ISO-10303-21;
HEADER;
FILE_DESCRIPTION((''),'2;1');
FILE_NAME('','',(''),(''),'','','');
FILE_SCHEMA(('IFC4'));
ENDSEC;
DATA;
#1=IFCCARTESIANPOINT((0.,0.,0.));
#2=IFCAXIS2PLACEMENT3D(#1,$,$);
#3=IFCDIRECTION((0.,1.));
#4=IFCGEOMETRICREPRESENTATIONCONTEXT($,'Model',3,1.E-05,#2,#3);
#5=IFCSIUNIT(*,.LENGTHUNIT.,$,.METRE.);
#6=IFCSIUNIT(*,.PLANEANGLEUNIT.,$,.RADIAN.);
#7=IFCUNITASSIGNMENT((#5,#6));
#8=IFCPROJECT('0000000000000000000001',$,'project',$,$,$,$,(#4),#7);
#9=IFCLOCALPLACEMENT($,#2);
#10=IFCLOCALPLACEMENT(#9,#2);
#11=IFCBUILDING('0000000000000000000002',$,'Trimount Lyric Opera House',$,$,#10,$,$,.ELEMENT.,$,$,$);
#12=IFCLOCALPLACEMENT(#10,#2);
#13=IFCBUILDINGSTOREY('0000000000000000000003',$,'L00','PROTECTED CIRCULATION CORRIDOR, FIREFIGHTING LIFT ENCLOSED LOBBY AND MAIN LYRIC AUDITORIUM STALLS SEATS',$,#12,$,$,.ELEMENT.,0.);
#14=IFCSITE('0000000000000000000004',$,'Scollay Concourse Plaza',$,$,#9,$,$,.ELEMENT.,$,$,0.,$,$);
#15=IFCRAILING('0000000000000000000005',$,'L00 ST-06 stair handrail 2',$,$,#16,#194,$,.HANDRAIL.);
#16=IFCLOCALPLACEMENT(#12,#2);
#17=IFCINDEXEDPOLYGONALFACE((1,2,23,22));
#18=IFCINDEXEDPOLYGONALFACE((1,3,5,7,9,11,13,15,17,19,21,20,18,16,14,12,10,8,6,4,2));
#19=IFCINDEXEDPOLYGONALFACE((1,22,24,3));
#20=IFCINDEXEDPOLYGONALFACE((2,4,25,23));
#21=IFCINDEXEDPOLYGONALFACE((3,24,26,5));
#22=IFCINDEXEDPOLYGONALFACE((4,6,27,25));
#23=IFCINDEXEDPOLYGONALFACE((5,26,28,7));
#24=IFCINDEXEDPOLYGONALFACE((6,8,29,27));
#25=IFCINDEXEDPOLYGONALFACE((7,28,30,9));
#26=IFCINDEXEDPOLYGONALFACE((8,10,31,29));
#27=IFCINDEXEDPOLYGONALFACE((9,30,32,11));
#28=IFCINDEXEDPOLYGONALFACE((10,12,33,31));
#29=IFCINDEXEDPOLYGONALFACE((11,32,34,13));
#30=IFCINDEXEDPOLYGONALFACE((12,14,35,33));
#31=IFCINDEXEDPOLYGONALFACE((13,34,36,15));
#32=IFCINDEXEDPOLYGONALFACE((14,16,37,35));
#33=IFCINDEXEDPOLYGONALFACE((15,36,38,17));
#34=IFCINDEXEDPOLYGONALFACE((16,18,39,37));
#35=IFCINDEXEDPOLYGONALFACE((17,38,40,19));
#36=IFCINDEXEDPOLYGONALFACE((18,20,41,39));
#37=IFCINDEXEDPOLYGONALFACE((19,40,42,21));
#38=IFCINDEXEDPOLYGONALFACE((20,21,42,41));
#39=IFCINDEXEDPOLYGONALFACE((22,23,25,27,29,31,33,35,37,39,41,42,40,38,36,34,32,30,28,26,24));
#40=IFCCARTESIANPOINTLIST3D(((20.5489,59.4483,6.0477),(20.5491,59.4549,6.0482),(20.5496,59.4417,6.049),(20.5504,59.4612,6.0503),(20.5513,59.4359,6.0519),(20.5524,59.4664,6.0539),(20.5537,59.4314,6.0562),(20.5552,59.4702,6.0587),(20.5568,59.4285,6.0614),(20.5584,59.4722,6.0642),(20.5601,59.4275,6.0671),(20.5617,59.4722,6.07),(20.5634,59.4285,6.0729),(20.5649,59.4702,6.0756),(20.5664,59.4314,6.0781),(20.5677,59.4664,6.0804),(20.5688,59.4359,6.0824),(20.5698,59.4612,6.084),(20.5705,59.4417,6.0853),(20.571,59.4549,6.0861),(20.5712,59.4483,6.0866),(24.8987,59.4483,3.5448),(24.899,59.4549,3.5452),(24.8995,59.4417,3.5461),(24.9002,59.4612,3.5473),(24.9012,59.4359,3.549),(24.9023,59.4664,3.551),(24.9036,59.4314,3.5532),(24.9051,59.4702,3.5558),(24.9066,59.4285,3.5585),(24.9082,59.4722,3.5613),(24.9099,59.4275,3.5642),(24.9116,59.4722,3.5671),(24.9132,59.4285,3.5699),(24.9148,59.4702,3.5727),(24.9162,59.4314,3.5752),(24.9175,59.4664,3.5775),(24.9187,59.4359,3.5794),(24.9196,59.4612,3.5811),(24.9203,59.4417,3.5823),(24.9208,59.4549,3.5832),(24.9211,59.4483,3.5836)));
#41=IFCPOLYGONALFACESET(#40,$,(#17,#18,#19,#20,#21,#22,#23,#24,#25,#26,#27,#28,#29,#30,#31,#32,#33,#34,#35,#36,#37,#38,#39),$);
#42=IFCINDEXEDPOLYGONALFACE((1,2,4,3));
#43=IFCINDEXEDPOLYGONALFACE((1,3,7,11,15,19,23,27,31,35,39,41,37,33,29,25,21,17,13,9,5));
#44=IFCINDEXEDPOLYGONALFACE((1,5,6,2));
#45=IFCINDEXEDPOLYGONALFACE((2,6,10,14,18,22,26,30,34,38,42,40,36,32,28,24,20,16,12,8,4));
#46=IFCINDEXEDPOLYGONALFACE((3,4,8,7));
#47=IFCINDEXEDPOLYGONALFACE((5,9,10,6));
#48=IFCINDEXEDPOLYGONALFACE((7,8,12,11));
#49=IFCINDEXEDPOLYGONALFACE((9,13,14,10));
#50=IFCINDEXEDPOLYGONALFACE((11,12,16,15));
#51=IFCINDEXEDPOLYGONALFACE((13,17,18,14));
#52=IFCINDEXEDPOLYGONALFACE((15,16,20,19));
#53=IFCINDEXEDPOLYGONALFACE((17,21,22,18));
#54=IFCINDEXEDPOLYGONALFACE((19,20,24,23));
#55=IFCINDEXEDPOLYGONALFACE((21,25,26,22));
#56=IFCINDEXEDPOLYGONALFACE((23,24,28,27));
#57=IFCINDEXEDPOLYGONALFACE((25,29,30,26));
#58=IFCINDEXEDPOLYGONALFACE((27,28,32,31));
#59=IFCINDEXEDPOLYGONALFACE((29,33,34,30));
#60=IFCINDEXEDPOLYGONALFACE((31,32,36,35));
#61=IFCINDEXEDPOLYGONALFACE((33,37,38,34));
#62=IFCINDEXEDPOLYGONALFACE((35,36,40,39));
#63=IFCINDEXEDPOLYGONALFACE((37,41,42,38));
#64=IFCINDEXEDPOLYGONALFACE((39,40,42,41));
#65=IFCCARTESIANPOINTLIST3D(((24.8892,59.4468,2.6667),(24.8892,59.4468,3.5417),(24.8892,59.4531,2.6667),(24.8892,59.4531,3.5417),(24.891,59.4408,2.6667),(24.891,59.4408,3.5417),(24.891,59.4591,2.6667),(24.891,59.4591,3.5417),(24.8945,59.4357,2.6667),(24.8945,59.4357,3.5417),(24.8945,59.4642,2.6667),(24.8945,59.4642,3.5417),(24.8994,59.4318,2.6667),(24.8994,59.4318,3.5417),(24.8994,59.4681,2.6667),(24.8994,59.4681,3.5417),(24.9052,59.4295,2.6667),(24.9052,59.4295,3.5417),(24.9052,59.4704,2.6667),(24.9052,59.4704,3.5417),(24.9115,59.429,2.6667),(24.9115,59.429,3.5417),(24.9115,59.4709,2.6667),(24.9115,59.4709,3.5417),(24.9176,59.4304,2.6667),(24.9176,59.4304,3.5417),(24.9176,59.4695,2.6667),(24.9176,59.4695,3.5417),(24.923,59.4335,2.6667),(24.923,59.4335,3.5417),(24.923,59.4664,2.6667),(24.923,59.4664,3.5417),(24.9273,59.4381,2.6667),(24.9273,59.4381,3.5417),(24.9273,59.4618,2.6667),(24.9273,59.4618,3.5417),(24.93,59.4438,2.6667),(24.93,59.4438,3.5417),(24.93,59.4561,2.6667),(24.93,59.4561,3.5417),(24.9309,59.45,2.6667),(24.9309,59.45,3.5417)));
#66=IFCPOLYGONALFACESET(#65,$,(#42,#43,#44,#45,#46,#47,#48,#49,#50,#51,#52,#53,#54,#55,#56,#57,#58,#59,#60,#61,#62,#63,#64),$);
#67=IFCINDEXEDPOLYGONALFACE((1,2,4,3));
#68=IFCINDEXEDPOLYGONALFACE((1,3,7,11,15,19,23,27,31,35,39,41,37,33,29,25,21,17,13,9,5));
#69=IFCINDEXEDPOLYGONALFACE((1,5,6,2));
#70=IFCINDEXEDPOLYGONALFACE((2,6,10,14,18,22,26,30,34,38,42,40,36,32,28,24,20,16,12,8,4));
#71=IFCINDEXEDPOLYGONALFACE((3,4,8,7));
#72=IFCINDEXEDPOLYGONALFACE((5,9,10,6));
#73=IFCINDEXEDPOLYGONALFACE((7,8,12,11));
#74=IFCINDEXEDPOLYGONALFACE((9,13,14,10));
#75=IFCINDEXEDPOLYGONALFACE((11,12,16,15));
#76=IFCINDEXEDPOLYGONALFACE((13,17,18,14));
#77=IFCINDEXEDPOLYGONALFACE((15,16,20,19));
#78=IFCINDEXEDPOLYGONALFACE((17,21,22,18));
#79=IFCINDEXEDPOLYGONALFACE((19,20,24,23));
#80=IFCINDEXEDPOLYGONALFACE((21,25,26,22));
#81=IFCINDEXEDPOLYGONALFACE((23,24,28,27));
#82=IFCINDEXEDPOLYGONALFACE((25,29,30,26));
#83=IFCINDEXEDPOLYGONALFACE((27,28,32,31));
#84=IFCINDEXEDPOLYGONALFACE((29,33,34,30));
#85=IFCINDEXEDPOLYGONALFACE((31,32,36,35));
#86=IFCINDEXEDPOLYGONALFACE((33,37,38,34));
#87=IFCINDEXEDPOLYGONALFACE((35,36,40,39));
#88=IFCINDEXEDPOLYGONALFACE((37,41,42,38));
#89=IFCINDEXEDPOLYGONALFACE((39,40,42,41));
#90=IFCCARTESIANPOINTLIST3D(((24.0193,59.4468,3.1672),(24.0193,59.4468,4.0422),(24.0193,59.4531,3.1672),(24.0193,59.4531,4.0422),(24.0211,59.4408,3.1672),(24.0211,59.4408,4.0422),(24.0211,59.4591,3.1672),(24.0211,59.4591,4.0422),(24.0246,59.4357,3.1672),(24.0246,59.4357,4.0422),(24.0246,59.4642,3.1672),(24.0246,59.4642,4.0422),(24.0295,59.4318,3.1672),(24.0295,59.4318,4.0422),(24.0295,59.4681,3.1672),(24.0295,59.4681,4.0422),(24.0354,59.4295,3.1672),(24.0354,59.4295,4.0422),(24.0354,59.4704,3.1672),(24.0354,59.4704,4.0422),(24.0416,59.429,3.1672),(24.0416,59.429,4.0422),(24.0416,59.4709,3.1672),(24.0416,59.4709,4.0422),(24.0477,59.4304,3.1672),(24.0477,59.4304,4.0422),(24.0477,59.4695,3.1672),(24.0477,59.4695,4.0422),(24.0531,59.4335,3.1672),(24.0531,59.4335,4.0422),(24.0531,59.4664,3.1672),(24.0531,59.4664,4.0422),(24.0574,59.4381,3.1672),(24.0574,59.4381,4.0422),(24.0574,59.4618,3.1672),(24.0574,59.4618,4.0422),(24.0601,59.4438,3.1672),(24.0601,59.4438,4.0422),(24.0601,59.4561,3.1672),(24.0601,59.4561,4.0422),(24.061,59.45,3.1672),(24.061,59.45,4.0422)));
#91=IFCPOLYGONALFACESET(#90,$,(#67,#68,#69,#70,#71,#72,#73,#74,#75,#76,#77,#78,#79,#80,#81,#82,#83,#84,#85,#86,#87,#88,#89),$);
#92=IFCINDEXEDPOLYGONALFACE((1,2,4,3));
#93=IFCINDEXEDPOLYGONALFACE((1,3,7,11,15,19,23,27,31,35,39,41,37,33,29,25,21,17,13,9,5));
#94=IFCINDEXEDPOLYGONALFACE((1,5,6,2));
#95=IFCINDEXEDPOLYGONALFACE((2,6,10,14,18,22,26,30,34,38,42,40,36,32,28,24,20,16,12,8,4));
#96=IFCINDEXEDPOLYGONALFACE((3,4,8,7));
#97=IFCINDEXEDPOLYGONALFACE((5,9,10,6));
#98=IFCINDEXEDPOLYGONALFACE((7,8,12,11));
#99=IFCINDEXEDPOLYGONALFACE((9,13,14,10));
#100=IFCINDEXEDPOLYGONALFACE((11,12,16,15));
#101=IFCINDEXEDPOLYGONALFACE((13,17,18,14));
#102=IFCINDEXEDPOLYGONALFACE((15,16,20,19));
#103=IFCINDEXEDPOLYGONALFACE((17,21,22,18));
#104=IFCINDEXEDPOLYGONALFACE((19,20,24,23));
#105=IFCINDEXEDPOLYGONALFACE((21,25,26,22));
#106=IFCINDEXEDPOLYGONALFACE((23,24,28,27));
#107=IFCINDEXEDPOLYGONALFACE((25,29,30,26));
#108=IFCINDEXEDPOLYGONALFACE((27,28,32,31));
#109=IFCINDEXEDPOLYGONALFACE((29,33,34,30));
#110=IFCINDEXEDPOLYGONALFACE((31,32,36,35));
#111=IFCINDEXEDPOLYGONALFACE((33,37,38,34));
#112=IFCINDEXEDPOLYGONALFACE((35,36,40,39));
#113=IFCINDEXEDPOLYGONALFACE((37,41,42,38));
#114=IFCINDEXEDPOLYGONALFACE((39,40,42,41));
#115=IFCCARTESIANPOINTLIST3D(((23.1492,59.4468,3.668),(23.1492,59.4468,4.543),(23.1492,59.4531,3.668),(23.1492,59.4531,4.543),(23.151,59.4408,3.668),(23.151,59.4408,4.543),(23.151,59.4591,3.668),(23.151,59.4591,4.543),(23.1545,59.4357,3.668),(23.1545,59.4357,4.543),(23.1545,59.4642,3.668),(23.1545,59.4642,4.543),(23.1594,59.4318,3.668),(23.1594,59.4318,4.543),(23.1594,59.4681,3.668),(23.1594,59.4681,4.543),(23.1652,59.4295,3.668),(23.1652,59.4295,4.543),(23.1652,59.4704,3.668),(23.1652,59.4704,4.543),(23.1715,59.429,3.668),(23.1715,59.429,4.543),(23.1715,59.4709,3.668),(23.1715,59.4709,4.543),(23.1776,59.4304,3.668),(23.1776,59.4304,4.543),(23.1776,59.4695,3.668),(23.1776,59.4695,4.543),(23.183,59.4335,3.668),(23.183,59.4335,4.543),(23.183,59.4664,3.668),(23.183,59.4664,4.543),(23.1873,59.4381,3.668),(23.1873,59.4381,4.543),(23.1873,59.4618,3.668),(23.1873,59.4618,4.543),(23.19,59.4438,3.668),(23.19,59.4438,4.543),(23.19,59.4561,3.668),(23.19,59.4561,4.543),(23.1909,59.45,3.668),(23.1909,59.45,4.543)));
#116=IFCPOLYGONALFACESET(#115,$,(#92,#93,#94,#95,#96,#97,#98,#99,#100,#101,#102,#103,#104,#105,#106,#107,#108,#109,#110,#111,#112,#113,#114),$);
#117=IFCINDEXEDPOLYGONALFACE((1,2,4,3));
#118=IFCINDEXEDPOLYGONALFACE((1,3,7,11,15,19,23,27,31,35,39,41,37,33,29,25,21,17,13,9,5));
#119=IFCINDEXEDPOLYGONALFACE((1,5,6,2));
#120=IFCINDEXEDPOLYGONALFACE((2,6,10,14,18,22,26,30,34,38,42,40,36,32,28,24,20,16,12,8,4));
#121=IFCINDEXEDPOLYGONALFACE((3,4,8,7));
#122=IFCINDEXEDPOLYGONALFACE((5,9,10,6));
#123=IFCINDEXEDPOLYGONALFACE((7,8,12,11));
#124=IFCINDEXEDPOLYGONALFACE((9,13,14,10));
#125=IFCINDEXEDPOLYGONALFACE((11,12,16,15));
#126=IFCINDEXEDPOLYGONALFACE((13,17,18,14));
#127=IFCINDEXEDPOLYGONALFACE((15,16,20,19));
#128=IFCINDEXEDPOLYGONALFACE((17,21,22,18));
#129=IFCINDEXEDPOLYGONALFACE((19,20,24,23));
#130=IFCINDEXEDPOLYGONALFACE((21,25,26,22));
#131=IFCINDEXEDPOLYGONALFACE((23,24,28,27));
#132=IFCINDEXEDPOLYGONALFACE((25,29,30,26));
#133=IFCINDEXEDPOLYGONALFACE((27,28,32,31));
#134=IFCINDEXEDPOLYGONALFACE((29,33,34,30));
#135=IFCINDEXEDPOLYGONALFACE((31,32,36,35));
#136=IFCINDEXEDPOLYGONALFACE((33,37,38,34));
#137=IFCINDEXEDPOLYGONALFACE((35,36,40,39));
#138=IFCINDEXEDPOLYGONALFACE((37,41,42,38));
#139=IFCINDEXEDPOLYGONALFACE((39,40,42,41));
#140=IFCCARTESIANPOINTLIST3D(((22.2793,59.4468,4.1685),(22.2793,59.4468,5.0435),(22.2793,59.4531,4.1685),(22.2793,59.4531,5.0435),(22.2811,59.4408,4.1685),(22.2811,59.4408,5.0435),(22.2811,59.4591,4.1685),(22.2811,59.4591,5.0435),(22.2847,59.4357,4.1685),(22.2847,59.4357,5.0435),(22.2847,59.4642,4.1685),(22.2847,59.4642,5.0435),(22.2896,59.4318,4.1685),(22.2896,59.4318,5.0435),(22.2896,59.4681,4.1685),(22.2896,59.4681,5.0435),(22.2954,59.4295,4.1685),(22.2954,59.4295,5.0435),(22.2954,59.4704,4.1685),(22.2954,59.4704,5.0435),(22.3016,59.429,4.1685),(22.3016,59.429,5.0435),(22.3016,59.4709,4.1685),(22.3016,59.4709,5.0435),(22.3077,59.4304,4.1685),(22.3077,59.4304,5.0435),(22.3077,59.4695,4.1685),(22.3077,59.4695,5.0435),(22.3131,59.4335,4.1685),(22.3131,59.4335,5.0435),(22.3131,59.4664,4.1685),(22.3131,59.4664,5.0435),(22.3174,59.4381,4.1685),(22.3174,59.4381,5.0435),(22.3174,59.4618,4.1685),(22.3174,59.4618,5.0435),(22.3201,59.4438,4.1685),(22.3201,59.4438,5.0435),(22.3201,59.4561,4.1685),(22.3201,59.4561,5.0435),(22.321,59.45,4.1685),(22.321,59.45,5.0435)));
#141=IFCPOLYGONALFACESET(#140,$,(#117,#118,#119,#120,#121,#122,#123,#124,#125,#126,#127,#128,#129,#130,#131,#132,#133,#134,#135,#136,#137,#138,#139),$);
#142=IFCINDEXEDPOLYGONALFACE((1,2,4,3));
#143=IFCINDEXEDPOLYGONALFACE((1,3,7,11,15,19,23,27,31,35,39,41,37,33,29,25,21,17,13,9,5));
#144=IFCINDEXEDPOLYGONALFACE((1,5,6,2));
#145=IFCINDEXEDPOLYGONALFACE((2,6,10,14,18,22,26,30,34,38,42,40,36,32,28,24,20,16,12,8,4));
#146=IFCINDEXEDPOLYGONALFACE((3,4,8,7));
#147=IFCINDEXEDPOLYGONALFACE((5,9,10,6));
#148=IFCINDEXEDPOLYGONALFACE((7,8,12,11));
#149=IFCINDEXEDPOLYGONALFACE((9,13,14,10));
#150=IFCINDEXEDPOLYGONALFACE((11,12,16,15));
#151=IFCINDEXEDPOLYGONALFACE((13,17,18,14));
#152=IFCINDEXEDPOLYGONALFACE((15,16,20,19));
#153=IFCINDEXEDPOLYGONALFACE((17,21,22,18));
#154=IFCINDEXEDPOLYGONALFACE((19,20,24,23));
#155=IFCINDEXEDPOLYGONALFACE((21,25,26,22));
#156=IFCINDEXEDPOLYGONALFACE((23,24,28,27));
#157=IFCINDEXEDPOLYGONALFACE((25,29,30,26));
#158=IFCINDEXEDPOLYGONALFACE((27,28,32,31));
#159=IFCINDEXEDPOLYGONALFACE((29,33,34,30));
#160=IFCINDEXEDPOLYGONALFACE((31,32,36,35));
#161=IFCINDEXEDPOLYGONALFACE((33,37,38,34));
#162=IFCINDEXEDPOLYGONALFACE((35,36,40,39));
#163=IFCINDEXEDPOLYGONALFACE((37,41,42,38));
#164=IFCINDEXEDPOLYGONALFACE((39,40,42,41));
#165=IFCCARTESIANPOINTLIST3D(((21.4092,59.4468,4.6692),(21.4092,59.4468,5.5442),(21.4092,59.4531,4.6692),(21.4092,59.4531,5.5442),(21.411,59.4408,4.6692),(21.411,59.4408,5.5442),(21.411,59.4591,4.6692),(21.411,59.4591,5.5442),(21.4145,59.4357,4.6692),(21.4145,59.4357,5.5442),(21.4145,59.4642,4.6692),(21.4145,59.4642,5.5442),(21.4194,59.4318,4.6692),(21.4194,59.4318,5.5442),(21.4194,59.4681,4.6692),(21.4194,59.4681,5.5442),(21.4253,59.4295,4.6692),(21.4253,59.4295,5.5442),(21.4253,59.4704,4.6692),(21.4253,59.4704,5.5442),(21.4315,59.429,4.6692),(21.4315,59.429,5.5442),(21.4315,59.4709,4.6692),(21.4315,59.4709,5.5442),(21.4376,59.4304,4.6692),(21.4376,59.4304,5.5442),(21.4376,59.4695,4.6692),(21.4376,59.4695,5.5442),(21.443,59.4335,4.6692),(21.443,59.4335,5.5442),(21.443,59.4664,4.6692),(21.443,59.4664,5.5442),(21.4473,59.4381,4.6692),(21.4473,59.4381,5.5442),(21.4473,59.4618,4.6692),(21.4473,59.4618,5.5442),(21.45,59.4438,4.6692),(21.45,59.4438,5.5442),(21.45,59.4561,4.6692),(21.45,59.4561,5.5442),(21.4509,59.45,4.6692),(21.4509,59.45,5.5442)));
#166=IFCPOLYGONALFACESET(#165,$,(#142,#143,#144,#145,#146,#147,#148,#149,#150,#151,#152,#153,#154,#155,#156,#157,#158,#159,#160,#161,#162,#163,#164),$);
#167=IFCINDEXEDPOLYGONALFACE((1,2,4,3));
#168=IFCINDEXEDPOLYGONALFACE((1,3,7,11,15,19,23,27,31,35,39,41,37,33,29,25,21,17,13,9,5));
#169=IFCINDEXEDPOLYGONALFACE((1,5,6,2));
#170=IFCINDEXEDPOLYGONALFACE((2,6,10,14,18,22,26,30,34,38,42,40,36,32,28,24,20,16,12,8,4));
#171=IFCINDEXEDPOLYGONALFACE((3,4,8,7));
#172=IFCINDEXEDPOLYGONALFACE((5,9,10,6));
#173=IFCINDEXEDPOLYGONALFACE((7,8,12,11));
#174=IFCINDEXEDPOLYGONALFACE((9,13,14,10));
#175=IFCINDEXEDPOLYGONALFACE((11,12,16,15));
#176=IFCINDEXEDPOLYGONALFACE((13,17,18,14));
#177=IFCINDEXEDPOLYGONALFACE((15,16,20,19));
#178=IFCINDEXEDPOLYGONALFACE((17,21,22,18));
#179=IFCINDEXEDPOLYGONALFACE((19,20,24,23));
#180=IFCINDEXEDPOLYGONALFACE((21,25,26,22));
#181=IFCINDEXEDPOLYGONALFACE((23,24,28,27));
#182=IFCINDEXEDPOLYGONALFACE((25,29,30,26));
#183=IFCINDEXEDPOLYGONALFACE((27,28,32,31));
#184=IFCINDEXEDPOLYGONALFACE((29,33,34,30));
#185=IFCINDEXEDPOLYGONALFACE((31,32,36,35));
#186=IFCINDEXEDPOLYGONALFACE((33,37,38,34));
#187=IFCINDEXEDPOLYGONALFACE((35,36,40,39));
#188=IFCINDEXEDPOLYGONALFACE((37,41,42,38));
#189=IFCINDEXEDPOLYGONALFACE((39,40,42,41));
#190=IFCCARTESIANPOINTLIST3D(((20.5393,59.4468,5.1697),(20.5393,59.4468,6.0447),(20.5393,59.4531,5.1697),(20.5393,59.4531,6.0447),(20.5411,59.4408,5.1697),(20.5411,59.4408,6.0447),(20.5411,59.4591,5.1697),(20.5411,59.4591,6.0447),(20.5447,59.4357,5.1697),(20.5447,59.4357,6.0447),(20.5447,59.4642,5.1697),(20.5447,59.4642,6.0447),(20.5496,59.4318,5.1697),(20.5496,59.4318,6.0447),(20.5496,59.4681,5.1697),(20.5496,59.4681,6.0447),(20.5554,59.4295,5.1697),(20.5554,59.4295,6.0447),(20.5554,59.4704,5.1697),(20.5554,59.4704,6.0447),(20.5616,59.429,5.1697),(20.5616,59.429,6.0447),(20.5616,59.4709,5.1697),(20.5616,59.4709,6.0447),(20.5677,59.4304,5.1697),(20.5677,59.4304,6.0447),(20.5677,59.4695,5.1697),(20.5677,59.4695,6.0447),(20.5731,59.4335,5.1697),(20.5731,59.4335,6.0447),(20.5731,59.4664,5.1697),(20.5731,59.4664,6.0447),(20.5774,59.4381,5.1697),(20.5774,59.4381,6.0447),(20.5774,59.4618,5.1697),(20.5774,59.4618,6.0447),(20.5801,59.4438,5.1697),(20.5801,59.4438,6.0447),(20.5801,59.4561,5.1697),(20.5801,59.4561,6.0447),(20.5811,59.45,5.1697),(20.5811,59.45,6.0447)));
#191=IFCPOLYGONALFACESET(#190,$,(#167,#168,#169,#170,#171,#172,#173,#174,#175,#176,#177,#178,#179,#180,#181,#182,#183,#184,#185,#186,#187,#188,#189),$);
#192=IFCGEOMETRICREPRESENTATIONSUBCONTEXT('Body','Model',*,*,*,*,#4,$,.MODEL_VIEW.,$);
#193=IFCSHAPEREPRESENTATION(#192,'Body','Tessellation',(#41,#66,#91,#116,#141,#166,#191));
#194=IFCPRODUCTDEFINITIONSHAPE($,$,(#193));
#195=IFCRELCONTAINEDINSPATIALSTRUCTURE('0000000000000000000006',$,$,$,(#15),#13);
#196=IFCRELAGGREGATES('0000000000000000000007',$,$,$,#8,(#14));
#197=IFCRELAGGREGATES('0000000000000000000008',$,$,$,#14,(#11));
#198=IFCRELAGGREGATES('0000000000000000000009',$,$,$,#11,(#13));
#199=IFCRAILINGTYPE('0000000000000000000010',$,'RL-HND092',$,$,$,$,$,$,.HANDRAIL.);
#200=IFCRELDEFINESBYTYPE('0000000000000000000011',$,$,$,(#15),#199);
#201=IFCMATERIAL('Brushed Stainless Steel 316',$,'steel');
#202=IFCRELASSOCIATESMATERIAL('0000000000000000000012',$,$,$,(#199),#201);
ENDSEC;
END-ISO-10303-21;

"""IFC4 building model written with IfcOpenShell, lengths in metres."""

from ifc_helpers import new_model, si_unit, direction, frame, origin, origin_2d, place, context, subcontext, project, spatial, circle, extrude, material, type_object, element, save


model = new_model("IFC4")

# Units and contexts
model_context = context("Model", 3, precision=1e-05, world=origin(), true_north=direction((0.0, 1.0)))
body_context = subcontext(model_context, "Body", "Model", "MODEL_VIEW")
ifc_project = project(units=[si_unit("LENGTHUNIT", "METRE"), si_unit("PLANEANGLEUNIT", "RADIAN")], contexts=[model_context])

# Site, building, storey
site_placement = place(None, origin())
site = spatial("IfcSite", under=ifc_project, at=site_placement, Name="Scollay Concourse Plaza", CompositionType="ELEMENT", RefElevation=0.0)
building_placement = place(site_placement, origin())
building = spatial("IfcBuilding", under=site, at=building_placement, Name="Trimount Lyric Opera House", CompositionType="ELEMENT")
storey_placement = place(building_placement, origin())
storey = spatial("IfcBuildingStorey", under=building, at=storey_placement, Name="L00", Description="PROTECTED CIRCULATION CORRIDOR, FIREFIGHTING LIFT ENCLOSED LOBBY AND MAIN LYRIC AUDITORIUM STALLS SEATS", CompositionType="ELEMENT", Elevation=0.0)

# Railing
ifc_material_1 = material(Name="Brushed Stainless Steel 316", Category="steel")
railing_type_1 = type_object("IfcRailingType", Name="RL-HND092", PredefinedType="HANDRAIL", material=ifc_material_1)
railing_1_placement = place(storey_placement, frame((24.9099, 59.45, 2.6667)))
element("IfcRailing", 1, at=railing_1_placement, inside=storey, type_object=railing_type_1, Name="L00 ST-06 stair handrail 2", PredefinedType="HANDRAIL", context=body_context, shape_type="SweptSolid", body=[
    extrude(circle(Radius=0.0225, at=origin_2d()), frame((0.0, 0.0, 0.8975), z_axis=(-0.866754, 0.0, 0.498735), x_axis=(0.0, -1.0, 0.0)), (0.0, 0.0, 1.0), 5.0186),
    extrude(circle(Radius=0.021, at=origin_2d()), origin(), (0.0, 0.0, 1.0), 0.875),
    extrude(circle(Radius=0.021, at=origin_2d()), frame((-0.8699, 0.0, 0.5005)), (0.0, 0.0, 1.0), 0.875),
    extrude(circle(Radius=0.021, at=origin_2d()), frame((-1.74, 0.0, 1.0012)), (0.0, 0.0, 1.0), 0.875),
    extrude(circle(Radius=0.021, at=origin_2d()), frame((-2.6099, 0.0, 1.5017)), (0.0, 0.0, 1.0), 0.875),
    extrude(circle(Radius=0.021, at=origin_2d()), frame((-3.48, 0.0, 2.0024)), (0.0, 0.0, 1.0), 0.875),
    extrude(circle(Radius=0.021, at=origin_2d()), frame((-4.3499, 0.0, 2.5029)), (0.0, 0.0, 1.0), 0.875),
])

save(model, "model.ifc")
